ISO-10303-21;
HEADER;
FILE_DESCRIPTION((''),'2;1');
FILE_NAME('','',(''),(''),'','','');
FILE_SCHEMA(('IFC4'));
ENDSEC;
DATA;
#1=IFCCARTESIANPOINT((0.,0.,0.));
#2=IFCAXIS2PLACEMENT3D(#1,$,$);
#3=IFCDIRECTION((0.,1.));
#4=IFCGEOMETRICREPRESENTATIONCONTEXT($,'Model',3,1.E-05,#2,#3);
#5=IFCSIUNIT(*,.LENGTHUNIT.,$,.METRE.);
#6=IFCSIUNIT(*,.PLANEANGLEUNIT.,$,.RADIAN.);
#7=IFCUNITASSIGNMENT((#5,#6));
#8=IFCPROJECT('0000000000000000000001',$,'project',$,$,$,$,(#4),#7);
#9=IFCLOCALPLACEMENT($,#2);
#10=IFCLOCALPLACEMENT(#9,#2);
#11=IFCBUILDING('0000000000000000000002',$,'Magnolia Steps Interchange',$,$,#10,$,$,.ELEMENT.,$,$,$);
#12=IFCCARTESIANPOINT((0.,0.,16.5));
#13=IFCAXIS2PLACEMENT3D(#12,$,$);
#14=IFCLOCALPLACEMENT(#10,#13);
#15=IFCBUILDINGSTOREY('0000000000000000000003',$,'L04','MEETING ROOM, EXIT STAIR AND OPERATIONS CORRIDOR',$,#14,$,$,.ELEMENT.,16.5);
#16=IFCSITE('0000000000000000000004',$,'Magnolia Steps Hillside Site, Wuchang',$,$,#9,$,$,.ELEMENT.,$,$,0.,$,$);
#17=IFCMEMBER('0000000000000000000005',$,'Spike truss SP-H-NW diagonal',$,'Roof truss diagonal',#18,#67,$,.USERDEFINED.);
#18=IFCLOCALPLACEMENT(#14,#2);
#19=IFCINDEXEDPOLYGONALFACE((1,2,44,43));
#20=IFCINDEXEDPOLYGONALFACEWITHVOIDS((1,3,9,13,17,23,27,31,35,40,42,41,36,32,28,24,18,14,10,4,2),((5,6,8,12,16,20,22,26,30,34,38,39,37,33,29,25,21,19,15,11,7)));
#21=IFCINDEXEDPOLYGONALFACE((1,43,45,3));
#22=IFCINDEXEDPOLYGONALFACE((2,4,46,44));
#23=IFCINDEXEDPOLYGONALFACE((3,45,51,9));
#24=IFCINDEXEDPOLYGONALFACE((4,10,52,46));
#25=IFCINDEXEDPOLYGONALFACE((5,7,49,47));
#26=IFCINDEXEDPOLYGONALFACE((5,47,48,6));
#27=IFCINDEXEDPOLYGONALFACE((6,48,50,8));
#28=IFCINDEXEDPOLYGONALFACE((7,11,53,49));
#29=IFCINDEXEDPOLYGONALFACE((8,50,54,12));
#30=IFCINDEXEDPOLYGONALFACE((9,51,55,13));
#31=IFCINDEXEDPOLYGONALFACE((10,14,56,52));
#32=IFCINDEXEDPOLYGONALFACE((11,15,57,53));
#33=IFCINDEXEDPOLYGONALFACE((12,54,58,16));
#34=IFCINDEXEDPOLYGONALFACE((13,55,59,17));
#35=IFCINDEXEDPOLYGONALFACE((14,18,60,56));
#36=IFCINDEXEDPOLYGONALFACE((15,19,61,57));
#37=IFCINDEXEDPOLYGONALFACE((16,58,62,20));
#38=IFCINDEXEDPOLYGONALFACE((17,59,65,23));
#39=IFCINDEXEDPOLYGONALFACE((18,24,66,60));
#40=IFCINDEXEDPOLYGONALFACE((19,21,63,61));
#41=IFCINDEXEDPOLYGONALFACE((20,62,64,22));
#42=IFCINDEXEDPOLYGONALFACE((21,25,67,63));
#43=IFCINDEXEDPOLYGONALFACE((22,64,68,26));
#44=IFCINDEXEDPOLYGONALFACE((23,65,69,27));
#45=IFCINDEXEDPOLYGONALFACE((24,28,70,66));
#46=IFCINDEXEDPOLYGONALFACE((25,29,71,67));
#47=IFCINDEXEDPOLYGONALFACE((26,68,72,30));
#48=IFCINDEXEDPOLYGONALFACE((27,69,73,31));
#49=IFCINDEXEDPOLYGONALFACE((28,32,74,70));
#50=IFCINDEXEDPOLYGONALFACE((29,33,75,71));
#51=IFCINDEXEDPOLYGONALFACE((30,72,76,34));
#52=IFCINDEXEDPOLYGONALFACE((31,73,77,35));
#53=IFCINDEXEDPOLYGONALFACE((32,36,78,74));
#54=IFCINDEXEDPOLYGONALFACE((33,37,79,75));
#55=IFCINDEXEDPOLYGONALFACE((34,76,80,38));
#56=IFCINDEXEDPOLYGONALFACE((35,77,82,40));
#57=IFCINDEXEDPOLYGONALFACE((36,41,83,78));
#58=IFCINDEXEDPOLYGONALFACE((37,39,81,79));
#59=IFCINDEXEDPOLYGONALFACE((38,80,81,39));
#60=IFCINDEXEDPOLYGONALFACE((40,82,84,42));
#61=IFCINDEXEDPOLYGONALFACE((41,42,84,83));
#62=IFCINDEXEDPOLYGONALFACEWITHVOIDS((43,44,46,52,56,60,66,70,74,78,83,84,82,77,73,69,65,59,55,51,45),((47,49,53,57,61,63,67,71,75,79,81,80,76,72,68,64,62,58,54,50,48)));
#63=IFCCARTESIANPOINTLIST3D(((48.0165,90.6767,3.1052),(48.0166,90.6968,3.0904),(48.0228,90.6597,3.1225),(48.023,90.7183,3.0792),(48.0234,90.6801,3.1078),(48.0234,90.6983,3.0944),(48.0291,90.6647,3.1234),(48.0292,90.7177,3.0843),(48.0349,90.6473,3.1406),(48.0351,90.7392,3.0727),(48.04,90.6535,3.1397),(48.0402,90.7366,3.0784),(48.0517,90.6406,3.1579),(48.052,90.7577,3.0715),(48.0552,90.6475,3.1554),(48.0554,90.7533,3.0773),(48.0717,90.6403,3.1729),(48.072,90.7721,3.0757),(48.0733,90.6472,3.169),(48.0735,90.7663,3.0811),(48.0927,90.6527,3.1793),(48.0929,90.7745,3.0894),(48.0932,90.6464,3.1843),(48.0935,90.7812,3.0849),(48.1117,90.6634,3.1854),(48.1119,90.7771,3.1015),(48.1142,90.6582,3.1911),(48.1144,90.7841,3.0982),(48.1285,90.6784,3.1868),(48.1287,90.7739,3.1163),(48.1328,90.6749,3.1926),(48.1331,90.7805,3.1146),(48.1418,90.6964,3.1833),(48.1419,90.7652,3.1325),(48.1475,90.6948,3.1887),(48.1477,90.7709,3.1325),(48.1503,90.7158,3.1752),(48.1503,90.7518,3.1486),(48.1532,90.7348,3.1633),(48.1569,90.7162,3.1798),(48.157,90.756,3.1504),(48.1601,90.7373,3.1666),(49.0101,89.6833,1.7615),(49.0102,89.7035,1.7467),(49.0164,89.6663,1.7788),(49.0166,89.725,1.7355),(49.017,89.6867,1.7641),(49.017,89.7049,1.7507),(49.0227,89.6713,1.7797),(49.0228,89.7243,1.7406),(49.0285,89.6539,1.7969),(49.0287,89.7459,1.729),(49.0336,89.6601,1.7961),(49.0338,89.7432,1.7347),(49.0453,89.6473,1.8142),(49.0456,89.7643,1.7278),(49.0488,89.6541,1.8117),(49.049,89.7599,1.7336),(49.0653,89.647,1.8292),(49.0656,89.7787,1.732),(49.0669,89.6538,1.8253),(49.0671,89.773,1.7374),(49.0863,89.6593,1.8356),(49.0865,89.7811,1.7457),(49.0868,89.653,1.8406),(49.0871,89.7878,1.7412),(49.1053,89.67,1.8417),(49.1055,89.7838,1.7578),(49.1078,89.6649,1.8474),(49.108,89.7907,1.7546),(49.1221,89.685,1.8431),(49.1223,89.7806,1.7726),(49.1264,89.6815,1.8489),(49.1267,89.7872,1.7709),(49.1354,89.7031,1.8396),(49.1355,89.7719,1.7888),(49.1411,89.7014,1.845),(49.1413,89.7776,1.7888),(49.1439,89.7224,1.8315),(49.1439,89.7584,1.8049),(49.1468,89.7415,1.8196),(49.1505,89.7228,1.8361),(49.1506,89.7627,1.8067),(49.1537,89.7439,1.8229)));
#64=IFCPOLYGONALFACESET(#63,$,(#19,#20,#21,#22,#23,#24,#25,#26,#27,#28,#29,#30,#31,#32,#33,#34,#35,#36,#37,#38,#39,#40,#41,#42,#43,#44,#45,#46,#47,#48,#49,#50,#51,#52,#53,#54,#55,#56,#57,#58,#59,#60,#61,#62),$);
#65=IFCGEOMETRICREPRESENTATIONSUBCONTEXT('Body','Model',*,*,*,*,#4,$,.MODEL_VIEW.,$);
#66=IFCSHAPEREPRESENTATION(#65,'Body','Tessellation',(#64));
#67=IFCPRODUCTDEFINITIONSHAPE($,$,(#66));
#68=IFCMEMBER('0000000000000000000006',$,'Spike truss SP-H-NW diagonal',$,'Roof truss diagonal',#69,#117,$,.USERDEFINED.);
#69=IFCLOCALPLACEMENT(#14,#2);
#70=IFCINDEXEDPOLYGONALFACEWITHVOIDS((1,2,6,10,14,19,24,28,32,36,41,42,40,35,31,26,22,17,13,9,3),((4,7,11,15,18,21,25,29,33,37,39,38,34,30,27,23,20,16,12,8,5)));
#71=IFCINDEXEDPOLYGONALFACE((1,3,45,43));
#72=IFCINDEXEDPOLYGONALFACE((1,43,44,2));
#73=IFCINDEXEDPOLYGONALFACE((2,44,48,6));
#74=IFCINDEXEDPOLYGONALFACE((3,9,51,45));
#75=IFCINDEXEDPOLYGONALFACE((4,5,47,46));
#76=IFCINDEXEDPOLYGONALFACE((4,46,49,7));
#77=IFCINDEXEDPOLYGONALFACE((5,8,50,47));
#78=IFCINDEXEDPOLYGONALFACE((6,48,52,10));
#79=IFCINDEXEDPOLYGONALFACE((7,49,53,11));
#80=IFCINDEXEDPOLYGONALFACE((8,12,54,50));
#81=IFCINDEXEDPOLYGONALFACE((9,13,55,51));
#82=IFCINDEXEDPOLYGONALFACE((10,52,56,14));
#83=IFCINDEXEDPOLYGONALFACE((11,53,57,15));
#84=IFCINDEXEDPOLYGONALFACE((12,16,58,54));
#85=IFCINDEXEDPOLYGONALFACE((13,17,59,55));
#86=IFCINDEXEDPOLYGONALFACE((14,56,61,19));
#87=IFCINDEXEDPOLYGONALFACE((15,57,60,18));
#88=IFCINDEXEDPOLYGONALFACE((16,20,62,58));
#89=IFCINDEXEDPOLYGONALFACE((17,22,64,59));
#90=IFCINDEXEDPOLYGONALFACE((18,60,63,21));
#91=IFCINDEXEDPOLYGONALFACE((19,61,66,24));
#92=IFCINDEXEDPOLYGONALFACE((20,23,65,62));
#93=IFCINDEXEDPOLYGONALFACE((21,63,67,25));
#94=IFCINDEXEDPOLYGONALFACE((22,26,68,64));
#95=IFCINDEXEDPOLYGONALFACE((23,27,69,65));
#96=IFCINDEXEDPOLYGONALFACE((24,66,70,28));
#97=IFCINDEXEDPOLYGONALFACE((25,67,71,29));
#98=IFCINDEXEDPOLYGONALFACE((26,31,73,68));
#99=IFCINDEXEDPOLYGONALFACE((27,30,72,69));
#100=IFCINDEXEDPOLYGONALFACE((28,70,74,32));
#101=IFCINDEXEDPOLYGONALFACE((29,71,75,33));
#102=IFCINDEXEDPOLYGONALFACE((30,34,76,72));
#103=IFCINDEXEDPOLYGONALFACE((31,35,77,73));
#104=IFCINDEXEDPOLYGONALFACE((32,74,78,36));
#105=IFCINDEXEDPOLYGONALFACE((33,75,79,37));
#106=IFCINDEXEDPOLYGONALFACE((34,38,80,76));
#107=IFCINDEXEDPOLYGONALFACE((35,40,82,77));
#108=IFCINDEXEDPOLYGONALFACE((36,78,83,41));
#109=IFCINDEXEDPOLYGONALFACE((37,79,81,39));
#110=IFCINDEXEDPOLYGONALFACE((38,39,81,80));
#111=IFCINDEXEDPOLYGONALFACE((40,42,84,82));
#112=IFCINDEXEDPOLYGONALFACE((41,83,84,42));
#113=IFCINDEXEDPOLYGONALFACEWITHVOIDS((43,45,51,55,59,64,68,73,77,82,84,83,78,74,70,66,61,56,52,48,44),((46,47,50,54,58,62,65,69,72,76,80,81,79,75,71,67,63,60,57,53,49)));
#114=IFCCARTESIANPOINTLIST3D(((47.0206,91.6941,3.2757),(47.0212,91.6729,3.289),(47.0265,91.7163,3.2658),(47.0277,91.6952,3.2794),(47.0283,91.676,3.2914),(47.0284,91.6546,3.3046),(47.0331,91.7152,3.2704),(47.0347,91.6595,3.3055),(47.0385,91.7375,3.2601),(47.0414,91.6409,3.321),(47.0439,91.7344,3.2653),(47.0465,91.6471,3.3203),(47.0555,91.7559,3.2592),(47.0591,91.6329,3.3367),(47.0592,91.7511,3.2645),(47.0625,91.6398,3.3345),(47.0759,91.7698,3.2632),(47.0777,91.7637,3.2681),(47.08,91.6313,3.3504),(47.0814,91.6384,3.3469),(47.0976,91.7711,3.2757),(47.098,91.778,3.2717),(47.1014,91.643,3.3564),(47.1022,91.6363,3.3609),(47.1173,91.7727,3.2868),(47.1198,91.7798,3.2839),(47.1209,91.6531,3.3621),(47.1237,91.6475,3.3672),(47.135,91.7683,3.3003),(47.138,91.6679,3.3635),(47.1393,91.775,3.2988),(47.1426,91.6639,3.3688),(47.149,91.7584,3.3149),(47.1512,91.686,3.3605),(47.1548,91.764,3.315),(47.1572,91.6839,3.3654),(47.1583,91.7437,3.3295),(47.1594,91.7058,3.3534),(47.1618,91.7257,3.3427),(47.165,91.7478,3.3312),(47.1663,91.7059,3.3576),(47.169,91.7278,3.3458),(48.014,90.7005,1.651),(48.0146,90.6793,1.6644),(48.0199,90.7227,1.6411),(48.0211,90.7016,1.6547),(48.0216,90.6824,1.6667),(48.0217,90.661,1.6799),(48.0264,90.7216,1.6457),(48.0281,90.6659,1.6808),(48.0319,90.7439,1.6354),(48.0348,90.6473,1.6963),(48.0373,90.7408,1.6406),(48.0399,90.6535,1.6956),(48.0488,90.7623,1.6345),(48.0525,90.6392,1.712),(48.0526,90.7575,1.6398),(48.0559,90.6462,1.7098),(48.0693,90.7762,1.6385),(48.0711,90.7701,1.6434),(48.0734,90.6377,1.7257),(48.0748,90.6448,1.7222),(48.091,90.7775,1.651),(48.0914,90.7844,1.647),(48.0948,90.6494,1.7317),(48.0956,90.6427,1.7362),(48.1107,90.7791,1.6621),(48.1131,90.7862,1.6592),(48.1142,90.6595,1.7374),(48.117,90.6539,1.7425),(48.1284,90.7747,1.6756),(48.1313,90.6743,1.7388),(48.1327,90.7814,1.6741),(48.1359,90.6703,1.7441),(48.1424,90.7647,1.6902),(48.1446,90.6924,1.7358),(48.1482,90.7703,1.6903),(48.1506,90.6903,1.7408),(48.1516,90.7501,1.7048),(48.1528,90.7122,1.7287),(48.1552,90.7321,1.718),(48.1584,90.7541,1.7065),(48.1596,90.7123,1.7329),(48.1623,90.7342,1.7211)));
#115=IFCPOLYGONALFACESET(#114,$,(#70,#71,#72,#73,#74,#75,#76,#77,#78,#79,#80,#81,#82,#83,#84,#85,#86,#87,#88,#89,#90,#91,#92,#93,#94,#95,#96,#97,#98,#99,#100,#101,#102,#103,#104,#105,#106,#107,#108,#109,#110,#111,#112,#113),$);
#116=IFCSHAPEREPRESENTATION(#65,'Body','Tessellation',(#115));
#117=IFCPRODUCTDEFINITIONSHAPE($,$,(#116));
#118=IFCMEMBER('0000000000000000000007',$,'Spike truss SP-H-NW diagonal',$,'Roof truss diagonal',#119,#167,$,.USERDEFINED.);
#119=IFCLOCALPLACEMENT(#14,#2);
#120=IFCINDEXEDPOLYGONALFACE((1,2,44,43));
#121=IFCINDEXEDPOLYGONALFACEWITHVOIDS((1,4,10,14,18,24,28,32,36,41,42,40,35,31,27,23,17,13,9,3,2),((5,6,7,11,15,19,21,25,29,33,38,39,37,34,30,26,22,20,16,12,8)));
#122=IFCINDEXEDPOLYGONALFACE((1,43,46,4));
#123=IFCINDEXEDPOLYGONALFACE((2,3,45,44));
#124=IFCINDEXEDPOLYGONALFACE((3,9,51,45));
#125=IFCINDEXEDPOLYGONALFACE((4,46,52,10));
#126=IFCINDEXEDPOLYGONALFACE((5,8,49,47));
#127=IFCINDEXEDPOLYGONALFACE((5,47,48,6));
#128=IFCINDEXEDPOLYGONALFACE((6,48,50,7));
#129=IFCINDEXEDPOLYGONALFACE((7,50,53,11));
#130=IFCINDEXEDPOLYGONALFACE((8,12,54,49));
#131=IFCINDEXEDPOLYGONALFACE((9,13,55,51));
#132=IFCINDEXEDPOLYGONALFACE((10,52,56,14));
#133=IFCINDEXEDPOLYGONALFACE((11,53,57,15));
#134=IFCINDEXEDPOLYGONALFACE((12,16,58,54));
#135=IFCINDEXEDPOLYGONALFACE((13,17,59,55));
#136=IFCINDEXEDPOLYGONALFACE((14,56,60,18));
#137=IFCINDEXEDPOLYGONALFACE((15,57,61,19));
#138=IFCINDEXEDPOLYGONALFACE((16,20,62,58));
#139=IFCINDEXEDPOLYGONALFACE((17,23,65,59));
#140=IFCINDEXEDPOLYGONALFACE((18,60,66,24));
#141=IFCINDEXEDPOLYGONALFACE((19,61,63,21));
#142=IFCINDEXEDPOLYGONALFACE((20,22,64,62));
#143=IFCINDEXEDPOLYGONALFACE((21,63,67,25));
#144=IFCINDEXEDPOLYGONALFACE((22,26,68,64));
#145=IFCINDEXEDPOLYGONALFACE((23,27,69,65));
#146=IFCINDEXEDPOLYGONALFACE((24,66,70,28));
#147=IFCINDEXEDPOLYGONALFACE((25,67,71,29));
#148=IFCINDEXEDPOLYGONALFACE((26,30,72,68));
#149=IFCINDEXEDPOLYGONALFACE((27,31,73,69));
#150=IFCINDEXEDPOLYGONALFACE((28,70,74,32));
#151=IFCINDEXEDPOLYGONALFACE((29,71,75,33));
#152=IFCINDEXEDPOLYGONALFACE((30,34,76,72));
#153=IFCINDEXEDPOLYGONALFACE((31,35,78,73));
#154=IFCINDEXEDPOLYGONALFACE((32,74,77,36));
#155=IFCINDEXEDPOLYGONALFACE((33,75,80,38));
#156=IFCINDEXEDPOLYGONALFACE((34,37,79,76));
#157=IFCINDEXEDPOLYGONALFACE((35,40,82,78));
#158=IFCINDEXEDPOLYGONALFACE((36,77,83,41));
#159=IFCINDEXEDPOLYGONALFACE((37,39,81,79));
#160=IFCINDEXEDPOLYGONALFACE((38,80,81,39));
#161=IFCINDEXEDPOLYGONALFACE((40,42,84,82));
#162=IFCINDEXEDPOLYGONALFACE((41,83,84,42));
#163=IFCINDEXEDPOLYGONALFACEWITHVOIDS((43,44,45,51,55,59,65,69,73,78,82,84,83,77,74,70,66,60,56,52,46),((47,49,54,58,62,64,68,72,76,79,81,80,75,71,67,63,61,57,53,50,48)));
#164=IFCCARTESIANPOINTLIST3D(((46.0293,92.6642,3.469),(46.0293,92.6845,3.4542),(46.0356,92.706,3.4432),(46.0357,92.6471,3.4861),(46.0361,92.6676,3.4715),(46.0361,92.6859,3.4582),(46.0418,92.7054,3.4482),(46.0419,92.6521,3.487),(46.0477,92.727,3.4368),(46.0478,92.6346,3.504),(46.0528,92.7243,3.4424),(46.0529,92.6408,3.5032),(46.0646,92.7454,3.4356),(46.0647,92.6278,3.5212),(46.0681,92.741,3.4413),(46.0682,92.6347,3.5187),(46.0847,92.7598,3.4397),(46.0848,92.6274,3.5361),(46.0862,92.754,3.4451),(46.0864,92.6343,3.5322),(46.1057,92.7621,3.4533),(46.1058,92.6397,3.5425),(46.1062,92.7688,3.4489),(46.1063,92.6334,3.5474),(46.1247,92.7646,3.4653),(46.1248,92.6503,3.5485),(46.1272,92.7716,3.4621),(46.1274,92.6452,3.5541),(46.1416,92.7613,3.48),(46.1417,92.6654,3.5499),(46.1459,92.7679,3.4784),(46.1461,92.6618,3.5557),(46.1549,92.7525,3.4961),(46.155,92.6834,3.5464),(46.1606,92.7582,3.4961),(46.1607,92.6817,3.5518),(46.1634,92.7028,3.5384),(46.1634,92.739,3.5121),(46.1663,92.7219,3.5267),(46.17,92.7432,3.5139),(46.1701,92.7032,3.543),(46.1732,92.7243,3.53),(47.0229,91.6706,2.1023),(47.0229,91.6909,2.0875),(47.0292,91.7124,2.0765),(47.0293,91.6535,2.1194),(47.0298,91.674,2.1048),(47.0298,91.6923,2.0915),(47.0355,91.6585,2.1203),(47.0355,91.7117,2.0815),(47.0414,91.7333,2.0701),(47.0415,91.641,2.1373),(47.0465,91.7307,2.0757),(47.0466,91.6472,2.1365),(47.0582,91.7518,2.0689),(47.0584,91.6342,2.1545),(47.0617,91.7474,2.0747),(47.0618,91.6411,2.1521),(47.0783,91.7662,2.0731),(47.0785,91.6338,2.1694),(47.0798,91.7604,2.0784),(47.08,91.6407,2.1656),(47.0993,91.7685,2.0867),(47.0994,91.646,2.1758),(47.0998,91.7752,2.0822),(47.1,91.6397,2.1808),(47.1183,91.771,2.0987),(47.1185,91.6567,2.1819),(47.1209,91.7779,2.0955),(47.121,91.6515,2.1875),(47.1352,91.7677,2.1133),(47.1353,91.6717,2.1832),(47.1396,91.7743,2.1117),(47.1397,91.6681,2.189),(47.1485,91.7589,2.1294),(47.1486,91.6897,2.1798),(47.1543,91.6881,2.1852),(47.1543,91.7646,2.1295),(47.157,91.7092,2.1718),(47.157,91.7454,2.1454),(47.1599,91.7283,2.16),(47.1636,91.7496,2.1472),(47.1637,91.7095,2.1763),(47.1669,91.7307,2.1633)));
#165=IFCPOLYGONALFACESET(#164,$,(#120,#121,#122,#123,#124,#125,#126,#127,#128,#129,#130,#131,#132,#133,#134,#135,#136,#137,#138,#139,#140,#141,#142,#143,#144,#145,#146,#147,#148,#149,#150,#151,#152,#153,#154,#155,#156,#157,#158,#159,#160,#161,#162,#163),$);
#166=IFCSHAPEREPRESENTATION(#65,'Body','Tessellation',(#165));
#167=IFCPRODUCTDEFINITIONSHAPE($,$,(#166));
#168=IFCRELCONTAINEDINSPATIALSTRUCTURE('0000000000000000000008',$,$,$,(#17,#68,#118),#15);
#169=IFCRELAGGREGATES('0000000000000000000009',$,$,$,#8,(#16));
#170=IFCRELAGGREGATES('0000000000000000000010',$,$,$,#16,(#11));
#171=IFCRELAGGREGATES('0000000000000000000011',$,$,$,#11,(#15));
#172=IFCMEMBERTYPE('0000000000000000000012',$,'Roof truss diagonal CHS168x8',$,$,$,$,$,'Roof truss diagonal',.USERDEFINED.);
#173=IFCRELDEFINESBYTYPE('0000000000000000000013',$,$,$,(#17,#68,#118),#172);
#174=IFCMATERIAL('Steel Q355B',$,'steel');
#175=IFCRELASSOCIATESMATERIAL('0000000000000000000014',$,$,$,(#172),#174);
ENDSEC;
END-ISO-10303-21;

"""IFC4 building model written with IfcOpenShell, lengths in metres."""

from ifc_helpers import new_model, si_unit, direction, frame, origin, origin_2d, place, context, subcontext, project, spatial, hollow_circle, extrude, material, material_profile, profile_set, type_object, element, save


model = new_model("IFC4")

# Units and contexts
model_context = context("Model", 3, precision=1e-05, world=origin(), true_north=direction((0.0, 1.0)))
body_context = subcontext(model_context, "Body", "Model", "MODEL_VIEW")
ifc_project = project(units=[si_unit("LENGTHUNIT", "METRE"), si_unit("PLANEANGLEUNIT", "RADIAN")], contexts=[model_context])

# Site, building, storey
site_placement = place(None, origin())
site = spatial("IfcSite", under=ifc_project, at=site_placement, Name="Magnolia Steps Hillside Site, Wuchang", CompositionType="ELEMENT", RefElevation=0.0)
building_placement = place(site_placement, origin())
building = spatial("IfcBuilding", under=site, at=building_placement, Name="Magnolia Steps Interchange", CompositionType="ELEMENT")
storey_placement = place(building_placement, frame((0.0, 0.0, 16.5)))
storey = spatial("IfcBuildingStorey", under=building, at=storey_placement, Name="L04", Description="MEETING ROOM, EXIT STAIR AND OPERATIONS CORRIDOR", CompositionType="ELEMENT", Elevation=16.5)

# Members
ifc_material_1 = material(Name="Steel Q355B", Category="steel")
ifc_material_profile_1 = material_profile(ifc_material_1, hollow_circle(Radius=0.084, WallThickness=0.0081, at=origin_2d()), Name="CHS168x8")
ifc_profile_set_1 = profile_set([ifc_material_profile_1], Name="Steel Q355B")
member_type_1 = type_object("IfcMemberType", Name="Roof truss diagonal CHS168x8", ElementType="Roof truss diagonal", PredefinedType="USERDEFINED", material=ifc_profile_set_1)
member_1_placement = place(storey_placement, frame((49.0815, 89.7185, 1.7883), z_axis=(-0.511088, 0.510963, 0.691162), x_axis=(-0.775102, -0.621526, -0.113676)))
element("IfcMember", 1, at=member_1_placement, inside=storey, type_object=member_type_1, Name="Spike truss SP-H-NW diagonal", ObjectType="Roof truss diagonal", PredefinedType="USERDEFINED", context=body_context, shape_type="SweptSolid", body=[
    extrude(hollow_circle(Radius=0.084, WallThickness=0.0081, at=origin_2d()), origin(), (0.0, 0.0, 1.0), 1.9441),
])
member_2_placement = place(storey_placement, frame((48.0879, 90.7119, 1.6892), z_axis=(-0.462474, 0.462588, 0.756393), x_axis=(-0.787618, -0.606104, -0.11089)))
element("IfcMember", 2, at=member_2_placement, inside=storey, type_object=member_type_1, Name="Spike truss SP-H-NW diagonal", ObjectType="Roof truss diagonal", PredefinedType="USERDEFINED", context=body_context, shape_type="SweptSolid", body=[
    extrude(hollow_circle(Radius=0.084, WallThickness=0.0081, at=origin_2d()), origin(), (0.0, 0.0, 1.0), 2.1479),
])
member_3_placement = place(storey_placement, frame((47.0945, 91.7056, 2.1289), z_axis=(-0.506902, 0.506902, 0.697209), x_axis=(-0.776218, -0.620173, -0.113452)))
element("IfcMember", 3, at=member_3_placement, inside=storey, type_object=member_type_1, Name="Spike truss SP-H-NW diagonal", ObjectType="Roof truss diagonal", PredefinedType="USERDEFINED", context=body_context, shape_type="SweptSolid", body=[
    extrude(hollow_circle(Radius=0.084, WallThickness=0.0081, at=origin_2d()), origin(), (0.0, 0.0, 1.0), 1.9602),
])

save(model, "model.ifc")
